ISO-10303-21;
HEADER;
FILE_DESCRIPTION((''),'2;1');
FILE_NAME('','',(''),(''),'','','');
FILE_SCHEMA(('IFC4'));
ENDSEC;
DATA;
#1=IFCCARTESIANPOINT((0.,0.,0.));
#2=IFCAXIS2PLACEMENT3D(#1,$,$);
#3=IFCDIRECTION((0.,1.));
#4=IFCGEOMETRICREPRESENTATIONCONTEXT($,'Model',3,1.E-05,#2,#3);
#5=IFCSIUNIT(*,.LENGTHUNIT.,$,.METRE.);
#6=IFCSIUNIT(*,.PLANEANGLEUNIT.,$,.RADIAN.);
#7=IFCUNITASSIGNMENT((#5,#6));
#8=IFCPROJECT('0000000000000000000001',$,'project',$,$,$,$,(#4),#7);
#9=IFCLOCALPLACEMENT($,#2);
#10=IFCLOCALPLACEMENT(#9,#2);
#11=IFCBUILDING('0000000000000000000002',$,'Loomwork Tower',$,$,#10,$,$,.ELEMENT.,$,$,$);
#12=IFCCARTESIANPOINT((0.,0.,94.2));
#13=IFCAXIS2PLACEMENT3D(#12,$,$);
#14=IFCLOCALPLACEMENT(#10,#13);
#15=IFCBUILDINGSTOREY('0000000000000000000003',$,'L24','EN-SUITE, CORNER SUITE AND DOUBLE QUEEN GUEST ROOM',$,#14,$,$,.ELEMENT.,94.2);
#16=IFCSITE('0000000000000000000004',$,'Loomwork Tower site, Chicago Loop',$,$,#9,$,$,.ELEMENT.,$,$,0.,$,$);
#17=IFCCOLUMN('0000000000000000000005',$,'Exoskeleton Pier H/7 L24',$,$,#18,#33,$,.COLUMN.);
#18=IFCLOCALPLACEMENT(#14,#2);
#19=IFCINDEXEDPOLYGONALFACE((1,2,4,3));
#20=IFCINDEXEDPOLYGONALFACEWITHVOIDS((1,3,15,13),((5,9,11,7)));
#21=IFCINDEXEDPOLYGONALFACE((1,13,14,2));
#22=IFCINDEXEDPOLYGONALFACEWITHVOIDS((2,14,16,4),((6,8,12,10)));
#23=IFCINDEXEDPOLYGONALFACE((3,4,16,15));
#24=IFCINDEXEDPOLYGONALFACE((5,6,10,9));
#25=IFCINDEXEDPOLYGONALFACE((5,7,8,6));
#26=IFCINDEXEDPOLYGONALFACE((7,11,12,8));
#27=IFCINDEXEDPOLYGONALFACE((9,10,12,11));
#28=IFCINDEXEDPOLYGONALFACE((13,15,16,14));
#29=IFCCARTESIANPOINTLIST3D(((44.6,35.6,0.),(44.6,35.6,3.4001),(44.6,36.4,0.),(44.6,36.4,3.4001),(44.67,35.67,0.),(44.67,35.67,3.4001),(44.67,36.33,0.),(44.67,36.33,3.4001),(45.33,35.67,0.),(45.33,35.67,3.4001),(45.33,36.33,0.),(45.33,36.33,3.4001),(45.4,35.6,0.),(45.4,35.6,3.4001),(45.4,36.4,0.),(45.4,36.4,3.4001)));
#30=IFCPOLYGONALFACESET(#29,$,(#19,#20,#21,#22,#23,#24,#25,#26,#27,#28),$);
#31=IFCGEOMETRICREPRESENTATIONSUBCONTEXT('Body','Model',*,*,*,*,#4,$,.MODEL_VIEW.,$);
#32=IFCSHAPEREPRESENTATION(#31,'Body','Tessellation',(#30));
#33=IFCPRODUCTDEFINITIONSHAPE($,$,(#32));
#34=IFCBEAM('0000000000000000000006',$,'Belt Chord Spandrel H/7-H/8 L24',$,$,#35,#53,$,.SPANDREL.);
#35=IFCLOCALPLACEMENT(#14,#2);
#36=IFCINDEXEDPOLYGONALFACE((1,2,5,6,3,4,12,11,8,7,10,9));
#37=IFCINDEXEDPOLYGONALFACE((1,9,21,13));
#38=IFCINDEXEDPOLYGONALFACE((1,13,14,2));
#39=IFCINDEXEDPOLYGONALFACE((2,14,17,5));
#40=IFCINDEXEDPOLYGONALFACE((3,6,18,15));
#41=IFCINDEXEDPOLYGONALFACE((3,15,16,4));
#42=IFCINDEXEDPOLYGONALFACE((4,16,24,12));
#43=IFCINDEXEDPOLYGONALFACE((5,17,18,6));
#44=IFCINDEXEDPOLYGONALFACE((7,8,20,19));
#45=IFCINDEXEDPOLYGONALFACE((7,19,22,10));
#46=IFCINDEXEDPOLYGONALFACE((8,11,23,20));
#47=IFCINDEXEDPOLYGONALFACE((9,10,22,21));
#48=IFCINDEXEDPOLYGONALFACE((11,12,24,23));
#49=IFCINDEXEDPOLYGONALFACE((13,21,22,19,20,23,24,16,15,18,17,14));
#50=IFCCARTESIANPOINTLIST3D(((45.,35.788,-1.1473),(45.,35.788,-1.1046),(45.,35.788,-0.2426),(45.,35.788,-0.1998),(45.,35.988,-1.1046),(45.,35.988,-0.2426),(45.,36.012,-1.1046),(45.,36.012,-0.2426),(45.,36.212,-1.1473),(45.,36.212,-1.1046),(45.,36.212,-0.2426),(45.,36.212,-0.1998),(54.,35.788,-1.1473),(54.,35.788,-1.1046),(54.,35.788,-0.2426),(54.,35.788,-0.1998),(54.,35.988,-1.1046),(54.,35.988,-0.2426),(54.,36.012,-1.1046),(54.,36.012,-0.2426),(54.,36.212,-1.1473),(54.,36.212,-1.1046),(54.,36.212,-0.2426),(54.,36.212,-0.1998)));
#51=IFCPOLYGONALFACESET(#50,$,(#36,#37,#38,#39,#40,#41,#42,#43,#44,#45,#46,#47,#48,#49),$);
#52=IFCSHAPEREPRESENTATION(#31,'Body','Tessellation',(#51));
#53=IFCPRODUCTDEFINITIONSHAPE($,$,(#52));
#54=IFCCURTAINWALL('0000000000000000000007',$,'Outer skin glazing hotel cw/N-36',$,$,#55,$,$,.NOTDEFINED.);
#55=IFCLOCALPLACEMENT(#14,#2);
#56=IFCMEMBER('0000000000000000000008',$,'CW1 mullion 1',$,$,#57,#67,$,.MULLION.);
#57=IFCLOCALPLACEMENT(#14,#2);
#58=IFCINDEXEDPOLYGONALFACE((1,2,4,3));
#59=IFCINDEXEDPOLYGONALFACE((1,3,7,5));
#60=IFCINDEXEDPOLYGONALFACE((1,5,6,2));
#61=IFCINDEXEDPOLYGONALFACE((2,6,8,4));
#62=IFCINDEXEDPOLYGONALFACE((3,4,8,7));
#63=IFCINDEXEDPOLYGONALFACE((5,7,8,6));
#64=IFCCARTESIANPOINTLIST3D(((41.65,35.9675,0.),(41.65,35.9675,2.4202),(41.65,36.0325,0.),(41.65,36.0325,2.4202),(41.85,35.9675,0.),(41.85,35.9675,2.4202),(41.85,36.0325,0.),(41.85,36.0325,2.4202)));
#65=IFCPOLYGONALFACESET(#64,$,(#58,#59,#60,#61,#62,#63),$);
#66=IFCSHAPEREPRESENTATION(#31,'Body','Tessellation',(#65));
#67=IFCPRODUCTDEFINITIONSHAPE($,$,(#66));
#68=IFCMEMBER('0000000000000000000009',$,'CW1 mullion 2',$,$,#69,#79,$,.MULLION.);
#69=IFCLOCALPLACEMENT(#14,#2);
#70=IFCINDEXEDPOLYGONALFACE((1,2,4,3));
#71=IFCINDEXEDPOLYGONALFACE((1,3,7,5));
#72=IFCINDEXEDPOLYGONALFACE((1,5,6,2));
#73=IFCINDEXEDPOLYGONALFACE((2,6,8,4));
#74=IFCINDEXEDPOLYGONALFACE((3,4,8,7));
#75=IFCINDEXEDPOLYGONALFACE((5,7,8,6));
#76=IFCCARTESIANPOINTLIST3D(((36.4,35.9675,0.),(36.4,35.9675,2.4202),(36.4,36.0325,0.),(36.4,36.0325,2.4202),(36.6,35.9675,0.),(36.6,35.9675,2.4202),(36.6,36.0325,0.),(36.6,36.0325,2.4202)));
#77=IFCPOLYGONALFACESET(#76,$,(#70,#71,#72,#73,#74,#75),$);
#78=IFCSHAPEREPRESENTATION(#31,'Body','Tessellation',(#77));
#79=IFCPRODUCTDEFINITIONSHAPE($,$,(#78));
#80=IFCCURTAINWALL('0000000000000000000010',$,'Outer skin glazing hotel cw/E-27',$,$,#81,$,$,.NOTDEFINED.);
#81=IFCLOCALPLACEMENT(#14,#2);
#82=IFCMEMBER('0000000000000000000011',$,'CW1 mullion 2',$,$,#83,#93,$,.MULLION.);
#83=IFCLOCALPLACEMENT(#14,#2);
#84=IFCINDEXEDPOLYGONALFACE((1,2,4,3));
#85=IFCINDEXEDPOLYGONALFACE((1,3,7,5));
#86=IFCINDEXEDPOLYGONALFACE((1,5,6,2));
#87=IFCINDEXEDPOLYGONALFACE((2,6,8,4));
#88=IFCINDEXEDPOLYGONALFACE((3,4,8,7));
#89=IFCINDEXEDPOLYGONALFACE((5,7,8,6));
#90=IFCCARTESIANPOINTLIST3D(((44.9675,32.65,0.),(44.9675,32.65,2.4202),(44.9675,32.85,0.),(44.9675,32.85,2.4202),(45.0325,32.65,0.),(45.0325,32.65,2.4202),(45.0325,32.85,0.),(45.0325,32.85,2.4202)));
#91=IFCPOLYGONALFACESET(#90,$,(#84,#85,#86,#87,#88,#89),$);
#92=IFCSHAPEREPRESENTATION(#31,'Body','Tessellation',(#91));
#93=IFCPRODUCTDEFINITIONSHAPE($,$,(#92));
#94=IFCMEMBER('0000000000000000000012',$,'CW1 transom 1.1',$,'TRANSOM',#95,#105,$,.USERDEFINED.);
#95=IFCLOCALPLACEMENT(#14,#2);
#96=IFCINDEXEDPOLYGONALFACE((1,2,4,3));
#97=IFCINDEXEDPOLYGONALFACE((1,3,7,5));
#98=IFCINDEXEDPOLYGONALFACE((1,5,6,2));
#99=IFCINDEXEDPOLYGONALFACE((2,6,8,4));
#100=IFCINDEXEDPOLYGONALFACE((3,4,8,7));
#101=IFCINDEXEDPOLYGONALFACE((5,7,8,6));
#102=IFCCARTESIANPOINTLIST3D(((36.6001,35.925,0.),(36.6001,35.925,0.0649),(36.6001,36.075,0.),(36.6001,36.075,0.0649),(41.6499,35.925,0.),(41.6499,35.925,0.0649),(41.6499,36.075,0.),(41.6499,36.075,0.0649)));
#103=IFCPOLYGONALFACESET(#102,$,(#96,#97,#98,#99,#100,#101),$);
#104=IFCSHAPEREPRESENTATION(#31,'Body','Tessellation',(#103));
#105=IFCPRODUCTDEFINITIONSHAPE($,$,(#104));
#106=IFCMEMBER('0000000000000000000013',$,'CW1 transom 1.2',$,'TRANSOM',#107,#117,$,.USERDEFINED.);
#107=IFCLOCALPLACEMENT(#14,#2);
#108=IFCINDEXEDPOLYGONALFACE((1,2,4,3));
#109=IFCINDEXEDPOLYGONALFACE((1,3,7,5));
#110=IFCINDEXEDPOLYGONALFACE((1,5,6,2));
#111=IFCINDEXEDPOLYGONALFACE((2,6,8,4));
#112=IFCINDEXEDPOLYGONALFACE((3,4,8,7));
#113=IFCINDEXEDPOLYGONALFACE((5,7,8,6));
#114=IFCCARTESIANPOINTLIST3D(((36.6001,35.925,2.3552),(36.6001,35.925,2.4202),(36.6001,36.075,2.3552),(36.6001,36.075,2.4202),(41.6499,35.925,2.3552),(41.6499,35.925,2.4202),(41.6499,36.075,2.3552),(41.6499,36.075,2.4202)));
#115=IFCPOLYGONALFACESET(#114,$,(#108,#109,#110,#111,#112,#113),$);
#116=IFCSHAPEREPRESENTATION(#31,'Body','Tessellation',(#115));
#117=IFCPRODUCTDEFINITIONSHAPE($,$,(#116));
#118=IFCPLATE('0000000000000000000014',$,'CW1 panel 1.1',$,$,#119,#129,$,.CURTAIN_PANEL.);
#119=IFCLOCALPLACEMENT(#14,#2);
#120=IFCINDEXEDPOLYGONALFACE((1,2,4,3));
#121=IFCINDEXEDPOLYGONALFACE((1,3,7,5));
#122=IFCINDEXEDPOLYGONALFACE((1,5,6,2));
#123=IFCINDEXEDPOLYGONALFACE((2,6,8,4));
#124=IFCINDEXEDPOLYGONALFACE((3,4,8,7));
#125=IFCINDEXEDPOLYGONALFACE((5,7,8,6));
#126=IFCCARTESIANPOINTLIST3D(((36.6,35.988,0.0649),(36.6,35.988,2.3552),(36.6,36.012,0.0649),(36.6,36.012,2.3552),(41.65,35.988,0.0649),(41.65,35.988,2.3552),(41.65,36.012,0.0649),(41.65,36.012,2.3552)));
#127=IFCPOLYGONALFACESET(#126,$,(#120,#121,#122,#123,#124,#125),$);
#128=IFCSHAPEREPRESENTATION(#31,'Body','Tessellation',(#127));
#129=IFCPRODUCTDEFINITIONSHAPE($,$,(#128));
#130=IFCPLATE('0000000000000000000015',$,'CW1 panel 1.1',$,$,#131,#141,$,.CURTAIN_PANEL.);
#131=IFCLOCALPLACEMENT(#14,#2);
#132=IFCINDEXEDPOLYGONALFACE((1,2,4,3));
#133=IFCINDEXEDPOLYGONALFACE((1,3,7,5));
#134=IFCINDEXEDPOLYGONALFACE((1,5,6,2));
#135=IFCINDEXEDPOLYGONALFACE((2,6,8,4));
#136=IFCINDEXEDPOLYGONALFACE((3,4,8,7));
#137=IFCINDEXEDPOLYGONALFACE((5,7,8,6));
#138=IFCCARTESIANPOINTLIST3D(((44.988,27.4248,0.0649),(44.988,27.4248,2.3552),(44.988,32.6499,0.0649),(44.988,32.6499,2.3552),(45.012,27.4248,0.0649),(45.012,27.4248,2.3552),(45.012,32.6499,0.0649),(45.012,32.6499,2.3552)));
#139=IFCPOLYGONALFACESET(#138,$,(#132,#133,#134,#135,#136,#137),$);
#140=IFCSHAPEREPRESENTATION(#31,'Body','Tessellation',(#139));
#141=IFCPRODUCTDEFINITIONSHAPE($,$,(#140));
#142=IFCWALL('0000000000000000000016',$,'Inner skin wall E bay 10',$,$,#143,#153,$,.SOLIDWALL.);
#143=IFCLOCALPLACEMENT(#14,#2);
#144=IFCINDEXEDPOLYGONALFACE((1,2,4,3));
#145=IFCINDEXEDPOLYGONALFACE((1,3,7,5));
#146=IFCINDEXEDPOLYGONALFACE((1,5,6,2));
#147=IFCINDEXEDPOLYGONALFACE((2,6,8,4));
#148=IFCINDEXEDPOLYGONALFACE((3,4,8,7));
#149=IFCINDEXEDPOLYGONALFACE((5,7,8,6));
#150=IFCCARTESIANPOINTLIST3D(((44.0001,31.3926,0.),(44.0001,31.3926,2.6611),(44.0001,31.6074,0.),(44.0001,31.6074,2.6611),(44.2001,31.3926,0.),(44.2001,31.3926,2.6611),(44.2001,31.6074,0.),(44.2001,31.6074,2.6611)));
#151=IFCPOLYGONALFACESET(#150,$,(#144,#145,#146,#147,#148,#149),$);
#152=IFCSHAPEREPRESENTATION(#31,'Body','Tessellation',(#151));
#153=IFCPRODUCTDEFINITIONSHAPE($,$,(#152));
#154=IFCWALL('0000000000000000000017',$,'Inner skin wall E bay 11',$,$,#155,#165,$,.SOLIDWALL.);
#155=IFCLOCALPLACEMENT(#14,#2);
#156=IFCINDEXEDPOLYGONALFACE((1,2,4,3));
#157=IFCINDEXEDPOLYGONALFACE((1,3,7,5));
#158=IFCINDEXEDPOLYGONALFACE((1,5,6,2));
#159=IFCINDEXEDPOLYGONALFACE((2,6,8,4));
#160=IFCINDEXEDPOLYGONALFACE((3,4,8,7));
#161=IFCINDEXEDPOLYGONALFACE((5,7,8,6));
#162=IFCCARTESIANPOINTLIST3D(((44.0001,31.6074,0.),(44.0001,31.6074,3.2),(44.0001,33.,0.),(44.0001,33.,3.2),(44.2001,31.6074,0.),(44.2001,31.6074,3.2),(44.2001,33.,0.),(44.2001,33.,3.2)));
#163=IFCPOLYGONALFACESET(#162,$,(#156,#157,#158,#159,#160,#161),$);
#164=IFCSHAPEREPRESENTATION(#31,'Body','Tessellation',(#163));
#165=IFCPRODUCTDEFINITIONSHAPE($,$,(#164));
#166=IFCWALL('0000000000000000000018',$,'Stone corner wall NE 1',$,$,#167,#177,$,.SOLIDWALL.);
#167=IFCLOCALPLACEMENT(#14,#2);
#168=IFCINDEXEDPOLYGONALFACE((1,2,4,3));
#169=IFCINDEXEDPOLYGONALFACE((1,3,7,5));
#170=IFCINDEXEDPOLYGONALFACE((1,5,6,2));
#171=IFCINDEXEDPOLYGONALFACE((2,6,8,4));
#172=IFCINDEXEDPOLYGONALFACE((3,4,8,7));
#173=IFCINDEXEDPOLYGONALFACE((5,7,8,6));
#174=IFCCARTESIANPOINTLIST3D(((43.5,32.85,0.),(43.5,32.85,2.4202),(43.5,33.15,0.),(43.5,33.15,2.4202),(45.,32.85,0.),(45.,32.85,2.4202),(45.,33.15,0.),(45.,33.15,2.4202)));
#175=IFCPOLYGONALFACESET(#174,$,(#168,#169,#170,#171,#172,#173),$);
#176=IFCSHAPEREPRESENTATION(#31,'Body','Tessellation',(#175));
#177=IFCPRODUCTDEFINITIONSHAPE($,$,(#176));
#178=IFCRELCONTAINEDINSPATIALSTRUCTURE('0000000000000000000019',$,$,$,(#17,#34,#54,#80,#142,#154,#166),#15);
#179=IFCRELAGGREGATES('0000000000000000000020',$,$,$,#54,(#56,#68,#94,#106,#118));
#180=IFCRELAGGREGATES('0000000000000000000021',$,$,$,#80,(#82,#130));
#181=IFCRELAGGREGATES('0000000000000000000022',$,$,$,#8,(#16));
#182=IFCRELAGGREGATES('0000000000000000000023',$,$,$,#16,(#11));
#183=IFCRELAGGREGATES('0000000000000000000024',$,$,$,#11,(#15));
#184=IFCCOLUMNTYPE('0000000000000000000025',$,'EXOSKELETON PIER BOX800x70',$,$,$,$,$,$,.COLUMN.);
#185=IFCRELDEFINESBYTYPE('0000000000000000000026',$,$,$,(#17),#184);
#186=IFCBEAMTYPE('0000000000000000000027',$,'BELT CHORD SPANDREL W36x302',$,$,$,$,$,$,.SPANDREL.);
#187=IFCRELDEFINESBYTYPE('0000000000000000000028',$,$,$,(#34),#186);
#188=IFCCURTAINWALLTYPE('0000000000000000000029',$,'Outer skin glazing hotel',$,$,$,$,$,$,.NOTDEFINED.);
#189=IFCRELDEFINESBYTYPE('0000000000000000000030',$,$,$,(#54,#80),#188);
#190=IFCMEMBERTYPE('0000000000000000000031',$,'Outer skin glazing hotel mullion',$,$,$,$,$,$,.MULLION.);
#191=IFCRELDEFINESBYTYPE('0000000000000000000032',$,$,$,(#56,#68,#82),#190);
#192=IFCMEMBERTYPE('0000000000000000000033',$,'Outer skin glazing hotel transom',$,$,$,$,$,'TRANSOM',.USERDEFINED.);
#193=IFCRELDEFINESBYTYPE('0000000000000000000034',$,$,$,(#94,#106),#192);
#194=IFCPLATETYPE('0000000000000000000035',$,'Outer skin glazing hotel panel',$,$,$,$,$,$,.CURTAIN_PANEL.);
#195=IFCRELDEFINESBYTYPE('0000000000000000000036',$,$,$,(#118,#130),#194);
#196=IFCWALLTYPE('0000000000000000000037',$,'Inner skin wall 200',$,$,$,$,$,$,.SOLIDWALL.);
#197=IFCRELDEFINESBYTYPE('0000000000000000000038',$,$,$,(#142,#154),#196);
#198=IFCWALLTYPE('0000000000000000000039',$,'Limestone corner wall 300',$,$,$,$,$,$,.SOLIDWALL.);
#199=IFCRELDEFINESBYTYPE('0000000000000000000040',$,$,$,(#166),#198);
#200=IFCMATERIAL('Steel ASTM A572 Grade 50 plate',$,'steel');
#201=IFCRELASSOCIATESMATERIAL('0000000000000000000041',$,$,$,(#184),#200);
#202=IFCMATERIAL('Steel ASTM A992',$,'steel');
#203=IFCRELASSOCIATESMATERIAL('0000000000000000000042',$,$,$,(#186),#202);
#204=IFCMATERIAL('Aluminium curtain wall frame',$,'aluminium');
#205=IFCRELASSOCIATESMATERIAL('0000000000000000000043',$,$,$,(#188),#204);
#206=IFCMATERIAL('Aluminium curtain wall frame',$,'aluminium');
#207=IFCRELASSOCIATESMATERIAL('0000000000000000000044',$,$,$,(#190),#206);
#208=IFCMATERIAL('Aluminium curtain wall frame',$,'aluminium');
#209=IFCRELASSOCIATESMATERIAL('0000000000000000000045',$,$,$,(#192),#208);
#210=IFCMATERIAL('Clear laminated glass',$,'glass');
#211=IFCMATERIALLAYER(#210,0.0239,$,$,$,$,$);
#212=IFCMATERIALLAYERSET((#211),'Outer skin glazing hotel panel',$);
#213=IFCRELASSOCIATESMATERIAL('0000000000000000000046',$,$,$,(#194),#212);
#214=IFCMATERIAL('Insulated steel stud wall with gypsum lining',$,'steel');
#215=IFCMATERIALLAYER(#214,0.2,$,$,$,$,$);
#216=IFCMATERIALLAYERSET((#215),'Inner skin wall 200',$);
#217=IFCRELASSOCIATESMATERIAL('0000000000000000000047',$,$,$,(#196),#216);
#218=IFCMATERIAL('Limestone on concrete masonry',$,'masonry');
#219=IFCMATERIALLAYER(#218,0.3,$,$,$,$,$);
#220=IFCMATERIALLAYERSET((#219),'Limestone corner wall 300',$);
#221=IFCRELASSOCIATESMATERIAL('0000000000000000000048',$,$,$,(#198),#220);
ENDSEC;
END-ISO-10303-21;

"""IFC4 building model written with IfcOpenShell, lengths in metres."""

from ifc_helpers import new_model, si_unit, direction, frame, frame_2d, origin, origin_2d, place, context, subcontext, project, spatial, rectangle, hollow_rectangle, i_section, extrude, material, layer, layer_set, material_profile, profile_set, type_object, element, aggregate, save


model = new_model("IFC4")

# Units and contexts
model_context = context("Model", 3, precision=1e-05, world=origin(), true_north=direction((0.0, 1.0)))
body_context = subcontext(model_context, "Body", "Model", "MODEL_VIEW")
ifc_project = project(units=[si_unit("LENGTHUNIT", "METRE"), si_unit("PLANEANGLEUNIT", "RADIAN")], contexts=[model_context])

# Site, building, storey
site_placement = place(None, origin())
site = spatial("IfcSite", under=ifc_project, at=site_placement, Name="Loomwork Tower site, Chicago Loop", CompositionType="ELEMENT", RefElevation=0.0)
building_placement = place(site_placement, origin())
building = spatial("IfcBuilding", under=site, at=building_placement, Name="Loomwork Tower", CompositionType="ELEMENT")
storey_placement = place(building_placement, frame((0.0, 0.0, 94.2)))
storey = spatial("IfcBuildingStorey", under=building, at=storey_placement, Name="L24", Description="EN-SUITE, CORNER SUITE AND DOUBLE QUEEN GUEST ROOM", CompositionType="ELEMENT", Elevation=94.2)

# Column
ifc_material_1 = material(Name="Steel ASTM A572 Grade 50 plate", Category="steel")
ifc_material_profile_1 = material_profile(ifc_material_1, hollow_rectangle(XDim=0.8, YDim=0.8, WallThickness=0.0701, at=origin_2d()), Name="BOX800x70")
ifc_profile_set_1 = profile_set([ifc_material_profile_1], Name="Steel ASTM A572 Grade 50 plate")
column_type = type_object("IfcColumnType", Name="EXOSKELETON PIER BOX800x70", PredefinedType="COLUMN", material=ifc_profile_set_1)
column_placement = place(storey_placement, frame((45.0, 36.0, 0.0), z_axis=(0.0, 0.0, 1.0), x_axis=(1.0, 0.0, 0.0)))
element("IfcColumn", 1, at=column_placement, inside=storey, type_object=column_type, Name="Exoskeleton Pier H/7 L24", PredefinedType="COLUMN", context=body_context, shape_type="SweptSolid", body=[
    extrude(hollow_rectangle(XDim=0.8, YDim=0.8, WallThickness=0.0701, at=origin_2d()), origin(), (0.0, 0.0, 1.0), 3.4001),
])

# Beam
ifc_material_2 = material(Name="Steel ASTM A992", Category="steel")
ifc_material_profile_2 = material_profile(ifc_material_2, i_section(OverallWidth=0.4241, OverallDepth=0.9475, WebThickness=0.0239, FlangeThickness=0.0427, at=origin_2d()), Name="W36x302")
ifc_profile_set_2 = profile_set([ifc_material_profile_2], Name="Steel ASTM A992")
beam_type = type_object("IfcBeamType", Name="BELT CHORD SPANDREL W36x302", PredefinedType="SPANDREL", material=ifc_profile_set_2)
beam_placement = place(storey_placement, frame((45.0, 36.0, -0.6736), z_axis=(1.0, 0.0, 0.0), x_axis=(0.0, 1.0, 0.0)))
element("IfcBeam", 2, at=beam_placement, inside=storey, type_object=beam_type, Name="Belt Chord Spandrel H/7-H/8 L24", PredefinedType="SPANDREL", context=body_context, shape_type="SweptSolid", body=[
    extrude(i_section(OverallWidth=0.4241, OverallDepth=0.9475, WebThickness=0.0239, FlangeThickness=0.0427, at=origin_2d()), origin(), (0.0, 0.0, 1.0), 9.0),
])

# Curtain wall, members
ifc_material_3 = material(Name="Aluminium curtain wall frame", Category="aluminium")
curtain_wall_type = type_object("IfcCurtainWallType", Name="Outer skin glazing hotel", PredefinedType="NOTDEFINED", material=ifc_material_3)
curtain_wall_1_placement = place(storey_placement, origin())
curtain_wall_1 = element("IfcCurtainWall", 3, at=curtain_wall_1_placement, inside=storey, type_object=curtain_wall_type, Name="Outer skin glazing hotel cw/N-36", PredefinedType="NOTDEFINED")
ifc_material_4 = material(Name="Aluminium curtain wall frame", Category="aluminium")
ifc_material_profile_3 = material_profile(ifc_material_4, rectangle(XDim=0.0649, YDim=0.2, at=origin_2d()), Name="AL 65x200")
ifc_profile_set_3 = profile_set([ifc_material_profile_3], Name="Aluminium curtain wall frame")
member_type_1 = type_object("IfcMemberType", Name="Outer skin glazing hotel mullion", PredefinedType="MULLION", material=ifc_profile_set_3)
member_1_placement = place(storey_placement, frame((41.75, 36.0, 0.0), z_axis=(0.0, 0.0, 1.0), x_axis=(0.0, -1.0, 0.0)))
member_1 = element("IfcMember", 4, at=member_1_placement, type_object=member_type_1, Name="CW1 mullion 1", PredefinedType="MULLION", context=body_context, shape_type="SweptSolid", body=[
    extrude(rectangle(XDim=0.0649, YDim=0.2, at=origin_2d()), origin(), (0.0, 0.0, 1.0), 2.4202),
])
member_2_placement = place(storey_placement, frame((36.5, 36.0, 0.0), z_axis=(0.0, 0.0, 1.0), x_axis=(0.0, -1.0, 0.0)))
member_2 = element("IfcMember", 5, at=member_2_placement, type_object=member_type_1, Name="CW1 mullion 2", PredefinedType="MULLION", context=body_context, shape_type="SweptSolid", body=[
    extrude(rectangle(XDim=0.0649, YDim=0.2, at=origin_2d()), origin(), (0.0, 0.0, 1.0), 2.4202),
])

# Curtain wall, member
curtain_wall_2_placement = place(storey_placement, origin())
curtain_wall_2 = element("IfcCurtainWall", 6, at=curtain_wall_2_placement, inside=storey, type_object=curtain_wall_type, Name="Outer skin glazing hotel cw/E-27", PredefinedType="NOTDEFINED")
member_3_placement = place(storey_placement, frame((45.0, 32.75, 0.0), z_axis=(0.0, 0.0, 1.0), x_axis=(-1.0, 0.0, 0.0)))
member_3 = element("IfcMember", 7, at=member_3_placement, type_object=member_type_1, Name="CW1 mullion 2", PredefinedType="MULLION", context=body_context, shape_type="SweptSolid", body=[
    extrude(rectangle(XDim=0.0649, YDim=0.2, at=origin_2d()), origin(), (0.0, 0.0, 1.0), 2.4202),
])

# Members
ifc_material_5 = material(Name="Aluminium curtain wall frame", Category="aluminium")
ifc_material_profile_4 = material_profile(ifc_material_5, rectangle(XDim=0.1499, YDim=0.0649, at=origin_2d()), Name="AL 65x150")
ifc_profile_set_4 = profile_set([ifc_material_profile_4], Name="Aluminium curtain wall frame")
member_type_2 = type_object("IfcMemberType", Name="Outer skin glazing hotel transom", ElementType="TRANSOM", PredefinedType="USERDEFINED", material=ifc_profile_set_4)
member_4_placement = place(storey_placement, frame((41.6499, 36.0, 0.0325), z_axis=(-1.0, 0.0, 0.0), x_axis=(0.0, -1.0, 0.0)))
member_4 = element("IfcMember", 8, at=member_4_placement, type_object=member_type_2, Name="CW1 transom 1.1", ObjectType="TRANSOM", PredefinedType="USERDEFINED", context=body_context, shape_type="SweptSolid", body=[
    extrude(rectangle(XDim=0.1499, YDim=0.0649, at=origin_2d()), origin(), (0.0, 0.0, 1.0), 5.0498),
])
member_5_placement = place(storey_placement, frame((41.6499, 36.0, 2.3877), z_axis=(-1.0, 0.0, 0.0), x_axis=(0.0, -1.0, 0.0)))
member_5 = element("IfcMember", 9, at=member_5_placement, type_object=member_type_2, Name="CW1 transom 1.2", ObjectType="TRANSOM", PredefinedType="USERDEFINED", context=body_context, shape_type="SweptSolid", body=[
    extrude(rectangle(XDim=0.1499, YDim=0.0649, at=origin_2d()), origin(), (0.0, 0.0, 1.0), 5.0498),
])

# Plates
ifc_material_6 = material(Name="Clear laminated glass", Category="glass")
ifc_layer_1 = layer(ifc_material_6, 0.0239)
ifc_layer_set_1 = layer_set([ifc_layer_1], Name="Outer skin glazing hotel panel")
plate_type = type_object("IfcPlateType", Name="Outer skin glazing hotel panel", PredefinedType="CURTAIN_PANEL", material=ifc_layer_set_1)
plate_1_placement = place(storey_placement, frame((39.125, 36.0, 0.0649), z_axis=(0.0, 0.0, 1.0), x_axis=(-1.0, 0.0, 0.0)))
plate_1 = element("IfcPlate", 10, at=plate_1_placement, type_object=plate_type, Name="CW1 panel 1.1", PredefinedType="CURTAIN_PANEL", context=body_context, shape_type="SweptSolid", body=[
    extrude(rectangle(XDim=5.05, YDim=0.0239, at=origin_2d()), origin(), (0.0, 0.0, 1.0), 2.2903),
])
aggregate(curtain_wall_1, [member_1, member_2, member_4, member_5, plate_1])
plate_2_placement = place(storey_placement, frame((45.0, 30.0374, 0.0649), z_axis=(0.0, 0.0, 1.0), x_axis=(0.0, 1.0, 0.0)))
plate_2 = element("IfcPlate", 11, at=plate_2_placement, type_object=plate_type, Name="CW1 panel 1.1", PredefinedType="CURTAIN_PANEL", context=body_context, shape_type="SweptSolid", body=[
    extrude(rectangle(XDim=5.2251, YDim=0.0239, at=origin_2d()), origin(), (0.0, 0.0, 1.0), 2.2903),
])
aggregate(curtain_wall_2, [member_3, plate_2])

# Walls
ifc_material_7 = material(Name="Insulated steel stud wall with gypsum lining", Category="steel")
ifc_layer_2 = layer(ifc_material_7, 0.2)
ifc_layer_set_2 = layer_set([ifc_layer_2], Name="Inner skin wall 200")
wall_type_1 = type_object("IfcWallType", Name="Inner skin wall 200", PredefinedType="SOLIDWALL", material=ifc_layer_set_2)
wall_1_placement = place(storey_placement, frame((44.1001, 31.3926, 0.0), z_axis=(0.0, 0.0, 1.0), x_axis=(0.0, 1.0, 0.0)))
element("IfcWall", 12, at=wall_1_placement, inside=storey, type_object=wall_type_1, Name="Inner skin wall E bay 10", PredefinedType="SOLIDWALL", context=body_context, shape_type="SweptSolid", body=[
    extrude(rectangle(XDim=0.2148, YDim=0.2, at=frame_2d((0.1074, 0.0))), origin(), (0.0, 0.0, 1.0), 2.6611),
])
wall_2_placement = place(storey_placement, frame((44.1001, 31.6074, 0.0), z_axis=(0.0, 0.0, 1.0), x_axis=(0.0, 1.0, 0.0)))
element("IfcWall", 13, at=wall_2_placement, inside=storey, type_object=wall_type_1, Name="Inner skin wall E bay 11", PredefinedType="SOLIDWALL", context=body_context, shape_type="SweptSolid", body=[
    extrude(rectangle(XDim=1.3926, YDim=0.2, at=frame_2d((0.6963, 0.0))), origin(), (0.0, 0.0, 1.0), 3.2),
])
ifc_material_8 = material(Name="Limestone on concrete masonry", Category="masonry")
ifc_layer_3 = layer(ifc_material_8, 0.3)
ifc_layer_set_3 = layer_set([ifc_layer_3], Name="Limestone corner wall 300")
wall_type_2 = type_object("IfcWallType", Name="Limestone corner wall 300", PredefinedType="SOLIDWALL", material=ifc_layer_set_3)
wall_3_placement = place(storey_placement, frame((45.0, 33.0, 0.0), z_axis=(0.0, 0.0, 1.0), x_axis=(-1.0, 0.0, 0.0)))
element("IfcWall", 14, at=wall_3_placement, inside=storey, type_object=wall_type_2, Name="Stone corner wall NE 1", PredefinedType="SOLIDWALL", context=body_context, shape_type="SweptSolid", body=[
    extrude(rectangle(XDim=1.5, YDim=0.3, at=frame_2d((0.75, 0.0))), origin(), (0.0, 0.0, 1.0), 2.4202),
])

save(model, "model.ifc")
